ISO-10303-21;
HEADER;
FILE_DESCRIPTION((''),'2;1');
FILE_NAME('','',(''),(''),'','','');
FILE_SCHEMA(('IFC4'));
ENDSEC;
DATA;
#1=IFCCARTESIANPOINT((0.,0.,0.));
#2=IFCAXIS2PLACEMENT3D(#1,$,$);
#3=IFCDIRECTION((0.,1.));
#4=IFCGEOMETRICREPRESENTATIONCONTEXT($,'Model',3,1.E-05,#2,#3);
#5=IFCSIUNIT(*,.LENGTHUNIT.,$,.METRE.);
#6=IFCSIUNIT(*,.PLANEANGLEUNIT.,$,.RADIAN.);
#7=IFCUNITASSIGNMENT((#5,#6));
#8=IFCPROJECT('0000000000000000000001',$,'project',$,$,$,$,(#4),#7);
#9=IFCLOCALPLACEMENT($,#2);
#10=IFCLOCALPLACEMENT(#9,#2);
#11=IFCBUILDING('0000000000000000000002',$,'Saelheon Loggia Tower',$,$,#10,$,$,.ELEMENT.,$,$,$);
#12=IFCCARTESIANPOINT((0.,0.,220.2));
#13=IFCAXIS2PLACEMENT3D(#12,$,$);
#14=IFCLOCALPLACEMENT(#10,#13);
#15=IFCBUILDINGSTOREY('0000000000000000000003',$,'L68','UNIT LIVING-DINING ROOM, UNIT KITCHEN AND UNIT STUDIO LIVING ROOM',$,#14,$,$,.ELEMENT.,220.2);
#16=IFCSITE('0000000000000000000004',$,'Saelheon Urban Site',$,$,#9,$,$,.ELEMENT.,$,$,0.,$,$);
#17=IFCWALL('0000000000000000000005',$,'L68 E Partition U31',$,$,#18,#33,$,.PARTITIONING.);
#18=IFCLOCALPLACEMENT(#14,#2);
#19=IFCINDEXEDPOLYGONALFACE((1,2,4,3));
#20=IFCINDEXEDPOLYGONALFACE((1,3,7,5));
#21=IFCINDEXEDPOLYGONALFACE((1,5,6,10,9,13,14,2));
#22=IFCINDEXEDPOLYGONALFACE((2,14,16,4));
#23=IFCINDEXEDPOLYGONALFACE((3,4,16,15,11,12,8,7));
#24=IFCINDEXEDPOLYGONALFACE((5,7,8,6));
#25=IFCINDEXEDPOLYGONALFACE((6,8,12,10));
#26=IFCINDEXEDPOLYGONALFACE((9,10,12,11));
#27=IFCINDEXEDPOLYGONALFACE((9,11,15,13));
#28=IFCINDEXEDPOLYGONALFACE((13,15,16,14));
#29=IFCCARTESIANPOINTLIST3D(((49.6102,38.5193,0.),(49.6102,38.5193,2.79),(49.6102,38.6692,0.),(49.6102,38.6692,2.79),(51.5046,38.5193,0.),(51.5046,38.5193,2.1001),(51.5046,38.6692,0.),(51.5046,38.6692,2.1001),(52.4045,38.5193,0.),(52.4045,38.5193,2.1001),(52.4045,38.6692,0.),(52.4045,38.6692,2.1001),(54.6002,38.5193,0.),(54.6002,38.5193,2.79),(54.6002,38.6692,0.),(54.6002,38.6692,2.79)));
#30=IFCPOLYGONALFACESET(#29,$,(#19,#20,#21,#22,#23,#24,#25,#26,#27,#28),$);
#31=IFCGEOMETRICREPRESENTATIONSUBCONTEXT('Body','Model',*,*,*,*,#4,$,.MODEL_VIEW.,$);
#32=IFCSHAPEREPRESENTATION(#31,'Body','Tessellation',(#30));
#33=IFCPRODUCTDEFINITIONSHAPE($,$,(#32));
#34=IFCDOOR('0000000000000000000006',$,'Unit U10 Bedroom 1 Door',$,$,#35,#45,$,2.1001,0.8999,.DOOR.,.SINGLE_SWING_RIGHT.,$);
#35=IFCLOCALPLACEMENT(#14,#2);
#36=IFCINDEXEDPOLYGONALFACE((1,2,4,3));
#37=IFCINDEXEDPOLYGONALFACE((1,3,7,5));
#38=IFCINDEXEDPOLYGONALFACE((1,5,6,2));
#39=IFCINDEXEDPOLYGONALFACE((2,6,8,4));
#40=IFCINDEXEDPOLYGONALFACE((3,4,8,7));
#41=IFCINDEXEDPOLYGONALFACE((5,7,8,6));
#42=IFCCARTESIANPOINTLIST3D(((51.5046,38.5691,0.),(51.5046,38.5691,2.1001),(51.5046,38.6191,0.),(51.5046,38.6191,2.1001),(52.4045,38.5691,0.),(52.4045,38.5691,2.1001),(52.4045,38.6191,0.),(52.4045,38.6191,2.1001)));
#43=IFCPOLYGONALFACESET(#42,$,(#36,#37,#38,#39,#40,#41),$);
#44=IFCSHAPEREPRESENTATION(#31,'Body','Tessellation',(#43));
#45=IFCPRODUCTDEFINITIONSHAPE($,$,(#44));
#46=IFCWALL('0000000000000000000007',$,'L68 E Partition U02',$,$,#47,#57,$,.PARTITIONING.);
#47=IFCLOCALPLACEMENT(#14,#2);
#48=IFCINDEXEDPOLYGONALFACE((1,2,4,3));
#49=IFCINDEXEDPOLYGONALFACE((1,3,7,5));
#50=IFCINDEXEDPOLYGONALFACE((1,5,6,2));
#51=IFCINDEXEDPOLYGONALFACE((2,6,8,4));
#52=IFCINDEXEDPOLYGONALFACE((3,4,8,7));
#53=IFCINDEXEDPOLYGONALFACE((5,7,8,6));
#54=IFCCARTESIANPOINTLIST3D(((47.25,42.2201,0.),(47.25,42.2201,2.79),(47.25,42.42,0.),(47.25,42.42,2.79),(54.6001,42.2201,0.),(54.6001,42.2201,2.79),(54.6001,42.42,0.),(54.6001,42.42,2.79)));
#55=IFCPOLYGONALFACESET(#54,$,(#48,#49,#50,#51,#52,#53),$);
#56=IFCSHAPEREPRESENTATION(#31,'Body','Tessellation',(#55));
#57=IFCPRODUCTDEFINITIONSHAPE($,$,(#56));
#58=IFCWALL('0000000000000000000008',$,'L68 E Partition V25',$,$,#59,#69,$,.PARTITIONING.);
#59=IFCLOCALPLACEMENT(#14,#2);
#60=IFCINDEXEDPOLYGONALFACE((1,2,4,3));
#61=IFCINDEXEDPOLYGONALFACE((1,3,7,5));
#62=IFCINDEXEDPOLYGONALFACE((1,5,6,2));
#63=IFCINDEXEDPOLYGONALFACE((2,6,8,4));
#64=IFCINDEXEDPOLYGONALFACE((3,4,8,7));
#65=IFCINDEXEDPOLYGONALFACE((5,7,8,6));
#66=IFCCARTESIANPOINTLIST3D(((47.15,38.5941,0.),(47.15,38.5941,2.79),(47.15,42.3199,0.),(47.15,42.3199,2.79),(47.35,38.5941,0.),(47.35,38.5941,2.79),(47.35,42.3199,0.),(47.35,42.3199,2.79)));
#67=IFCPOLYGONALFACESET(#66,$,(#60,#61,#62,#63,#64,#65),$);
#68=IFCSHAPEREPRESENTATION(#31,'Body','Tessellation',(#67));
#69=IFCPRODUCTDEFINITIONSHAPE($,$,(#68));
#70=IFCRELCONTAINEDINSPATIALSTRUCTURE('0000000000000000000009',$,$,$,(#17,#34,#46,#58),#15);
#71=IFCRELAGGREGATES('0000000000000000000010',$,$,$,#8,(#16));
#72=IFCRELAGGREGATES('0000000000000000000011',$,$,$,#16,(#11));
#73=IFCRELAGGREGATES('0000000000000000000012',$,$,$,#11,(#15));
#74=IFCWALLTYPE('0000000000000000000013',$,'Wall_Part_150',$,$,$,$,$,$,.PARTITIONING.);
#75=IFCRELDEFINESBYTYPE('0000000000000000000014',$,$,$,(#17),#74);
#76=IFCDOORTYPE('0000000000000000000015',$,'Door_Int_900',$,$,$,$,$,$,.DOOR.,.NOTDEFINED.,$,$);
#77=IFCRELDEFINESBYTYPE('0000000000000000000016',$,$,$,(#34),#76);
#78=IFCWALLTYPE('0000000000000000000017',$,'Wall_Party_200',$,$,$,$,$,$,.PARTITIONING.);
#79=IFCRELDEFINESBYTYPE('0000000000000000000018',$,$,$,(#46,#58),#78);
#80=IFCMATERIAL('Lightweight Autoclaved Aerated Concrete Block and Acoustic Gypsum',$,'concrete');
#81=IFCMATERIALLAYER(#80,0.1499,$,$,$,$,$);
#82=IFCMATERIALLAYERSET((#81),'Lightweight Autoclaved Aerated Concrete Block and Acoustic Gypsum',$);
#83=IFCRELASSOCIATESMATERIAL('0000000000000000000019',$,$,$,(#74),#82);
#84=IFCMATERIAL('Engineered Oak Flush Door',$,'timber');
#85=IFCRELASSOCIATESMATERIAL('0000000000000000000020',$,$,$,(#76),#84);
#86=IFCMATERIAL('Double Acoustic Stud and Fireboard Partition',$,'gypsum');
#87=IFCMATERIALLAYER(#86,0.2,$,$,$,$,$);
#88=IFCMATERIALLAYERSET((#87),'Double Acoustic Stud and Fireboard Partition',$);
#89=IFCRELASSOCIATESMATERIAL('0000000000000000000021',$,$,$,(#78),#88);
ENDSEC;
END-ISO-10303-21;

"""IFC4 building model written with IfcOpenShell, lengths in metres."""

from ifc_helpers import new_model, si_unit, direction, frame, frame_2d, origin, place, context, subcontext, project, spatial, rectangle, extrude, source, transform, mapped, material, layer, layer_set, type_object, element, fill, save


model = new_model("IFC4")

# Units and contexts
model_context = context("Model", 3, precision=1e-05, world=origin(), true_north=direction((0.0, 1.0)))
body_context = subcontext(model_context, "Body", "Model", "MODEL_VIEW")
ifc_project = project(units=[si_unit("LENGTHUNIT", "METRE"), si_unit("PLANEANGLEUNIT", "RADIAN")], contexts=[model_context])

# Site, building, storey
site_placement = place(None, origin())
site = spatial("IfcSite", under=ifc_project, at=site_placement, Name="Saelheon Urban Site", CompositionType="ELEMENT", RefElevation=0.0)
building_placement = place(site_placement, origin())
building = spatial("IfcBuilding", under=site, at=building_placement, Name="Saelheon Loggia Tower", CompositionType="ELEMENT")
storey_placement = place(building_placement, frame((0.0, 0.0, 220.2)))
storey = spatial("IfcBuildingStorey", under=building, at=storey_placement, Name="L68", Description="UNIT LIVING-DINING ROOM, UNIT KITCHEN AND UNIT STUDIO LIVING ROOM", CompositionType="ELEMENT", Elevation=220.2)

# Shared definitions
ifc_material_1 = material(Name="Lightweight Autoclaved Aerated Concrete Block and Acoustic Gypsum", Category="concrete")
ifc_layer_1 = layer(ifc_material_1, 0.1499)
ifc_layer_set_1 = layer_set([ifc_layer_1], Name="Lightweight Autoclaved Aerated Concrete Block and Acoustic Gypsum")
wall_type_1 = type_object("IfcWallType", Name="Wall_Part_150", PredefinedType="PARTITIONING", material=ifc_layer_set_1)

# Wall, opening, door
ifc_material_2 = material(Name="Engineered Oak Flush Door", Category="timber")
door_type = type_object("IfcDoorType", Name="Door_Int_900", OperationType="NOTDEFINED", PredefinedType="DOOR", material=ifc_material_2)
shared_shape_1 = source(origin(), body_context, "Body", "SweptSolid", [
    extrude(rectangle(XDim=0.8999, YDim=2.1001, at=frame_2d((0.45, 1.05))), frame((0.0, 0.0249, 0.0), z_axis=(0.0, -1.0, 0.0), x_axis=(1.0, 0.0, 0.0)), (0.0, 0.0, 1.0), 0.05),
])
wall_1_placement = place(storey_placement, frame((49.6101, 38.5942, 0.0), z_axis=(0.0, 0.0, 1.0), x_axis=(1.0, 0.0, 0.0)))
wall_1 = element("IfcWall", 1, at=wall_1_placement, inside=storey, type_object=wall_type_1, Name="L68 E Partition U31", PredefinedType="PARTITIONING", context=body_context, shape_type="SweptSolid", body=[
    extrude(rectangle(XDim=4.99, YDim=0.1499, at=frame_2d((2.4951, 0.0))), origin(), (0.0, 0.0, 1.0), 2.79),
])
opening_1_placement = place(wall_1_placement, frame((1.8945, 0.0, 0.0)))
opening_1 = element("IfcOpeningElement", 2, at=opening_1_placement, cuts=wall_1, PredefinedType="OPENING", context=body_context, shape_type="SweptSolid", body=[
    extrude(rectangle(XDim=0.8999, YDim=2.1001, at=frame_2d((0.45, 1.05))), frame((0.0, 0.0869, 0.0), z_axis=(0.0, -1.0, 0.0), x_axis=(1.0, 0.0, 0.0)), (0.0, 0.0, 1.0), 0.1738),
])
door_1_placement = place(opening_1_placement, origin())
door_1 = element("IfcDoor", 3, at=door_1_placement, inside=storey, type_object=door_type, Name="Unit U10 Bedroom 1 Door", OperationType="SINGLE_SWING_RIGHT", OverallHeight=2.1001, OverallWidth=0.8999, PredefinedType="DOOR", context=body_context, shape_type="MappedRepresentation", body=[
    mapped(shared_shape_1, transform((0.0, 0.0, 0.0), scale=1.0)),
])
fill(opening_1, door_1)

# Walls
ifc_material_3 = material(Name="Double Acoustic Stud and Fireboard Partition", Category="gypsum")
ifc_layer_2 = layer(ifc_material_3, 0.2)
ifc_layer_set_2 = layer_set([ifc_layer_2], Name="Double Acoustic Stud and Fireboard Partition")
wall_type_2 = type_object("IfcWallType", Name="Wall_Party_200", PredefinedType="PARTITIONING", material=ifc_layer_set_2)
wall_2_placement = place(storey_placement, frame((47.25, 42.3201, 0.0), z_axis=(0.0, 0.0, 1.0), x_axis=(1.0, 0.0, 0.0)))
element("IfcWall", 4, at=wall_2_placement, inside=storey, type_object=wall_type_2, Name="L68 E Partition U02", PredefinedType="PARTITIONING", context=body_context, shape_type="SweptSolid", body=[
    extrude(rectangle(XDim=7.3501, YDim=0.2, at=frame_2d((3.675, 0.0))), origin(), (0.0, 0.0, 1.0), 2.79),
])
wall_3_placement = place(storey_placement, frame((47.25, 38.5942, 0.0), z_axis=(0.0, 0.0, 1.0), x_axis=(0.0, 1.0, 0.0)))
element("IfcWall", 5, at=wall_3_placement, inside=storey, type_object=wall_type_2, Name="L68 E Partition V25", PredefinedType="PARTITIONING", context=body_context, shape_type="SweptSolid", body=[
    extrude(rectangle(XDim=3.7258, YDim=0.2, at=frame_2d((1.8628, 0.0))), origin(), (0.0, 0.0, 1.0), 2.79),
])

save(model, "model.ifc")
